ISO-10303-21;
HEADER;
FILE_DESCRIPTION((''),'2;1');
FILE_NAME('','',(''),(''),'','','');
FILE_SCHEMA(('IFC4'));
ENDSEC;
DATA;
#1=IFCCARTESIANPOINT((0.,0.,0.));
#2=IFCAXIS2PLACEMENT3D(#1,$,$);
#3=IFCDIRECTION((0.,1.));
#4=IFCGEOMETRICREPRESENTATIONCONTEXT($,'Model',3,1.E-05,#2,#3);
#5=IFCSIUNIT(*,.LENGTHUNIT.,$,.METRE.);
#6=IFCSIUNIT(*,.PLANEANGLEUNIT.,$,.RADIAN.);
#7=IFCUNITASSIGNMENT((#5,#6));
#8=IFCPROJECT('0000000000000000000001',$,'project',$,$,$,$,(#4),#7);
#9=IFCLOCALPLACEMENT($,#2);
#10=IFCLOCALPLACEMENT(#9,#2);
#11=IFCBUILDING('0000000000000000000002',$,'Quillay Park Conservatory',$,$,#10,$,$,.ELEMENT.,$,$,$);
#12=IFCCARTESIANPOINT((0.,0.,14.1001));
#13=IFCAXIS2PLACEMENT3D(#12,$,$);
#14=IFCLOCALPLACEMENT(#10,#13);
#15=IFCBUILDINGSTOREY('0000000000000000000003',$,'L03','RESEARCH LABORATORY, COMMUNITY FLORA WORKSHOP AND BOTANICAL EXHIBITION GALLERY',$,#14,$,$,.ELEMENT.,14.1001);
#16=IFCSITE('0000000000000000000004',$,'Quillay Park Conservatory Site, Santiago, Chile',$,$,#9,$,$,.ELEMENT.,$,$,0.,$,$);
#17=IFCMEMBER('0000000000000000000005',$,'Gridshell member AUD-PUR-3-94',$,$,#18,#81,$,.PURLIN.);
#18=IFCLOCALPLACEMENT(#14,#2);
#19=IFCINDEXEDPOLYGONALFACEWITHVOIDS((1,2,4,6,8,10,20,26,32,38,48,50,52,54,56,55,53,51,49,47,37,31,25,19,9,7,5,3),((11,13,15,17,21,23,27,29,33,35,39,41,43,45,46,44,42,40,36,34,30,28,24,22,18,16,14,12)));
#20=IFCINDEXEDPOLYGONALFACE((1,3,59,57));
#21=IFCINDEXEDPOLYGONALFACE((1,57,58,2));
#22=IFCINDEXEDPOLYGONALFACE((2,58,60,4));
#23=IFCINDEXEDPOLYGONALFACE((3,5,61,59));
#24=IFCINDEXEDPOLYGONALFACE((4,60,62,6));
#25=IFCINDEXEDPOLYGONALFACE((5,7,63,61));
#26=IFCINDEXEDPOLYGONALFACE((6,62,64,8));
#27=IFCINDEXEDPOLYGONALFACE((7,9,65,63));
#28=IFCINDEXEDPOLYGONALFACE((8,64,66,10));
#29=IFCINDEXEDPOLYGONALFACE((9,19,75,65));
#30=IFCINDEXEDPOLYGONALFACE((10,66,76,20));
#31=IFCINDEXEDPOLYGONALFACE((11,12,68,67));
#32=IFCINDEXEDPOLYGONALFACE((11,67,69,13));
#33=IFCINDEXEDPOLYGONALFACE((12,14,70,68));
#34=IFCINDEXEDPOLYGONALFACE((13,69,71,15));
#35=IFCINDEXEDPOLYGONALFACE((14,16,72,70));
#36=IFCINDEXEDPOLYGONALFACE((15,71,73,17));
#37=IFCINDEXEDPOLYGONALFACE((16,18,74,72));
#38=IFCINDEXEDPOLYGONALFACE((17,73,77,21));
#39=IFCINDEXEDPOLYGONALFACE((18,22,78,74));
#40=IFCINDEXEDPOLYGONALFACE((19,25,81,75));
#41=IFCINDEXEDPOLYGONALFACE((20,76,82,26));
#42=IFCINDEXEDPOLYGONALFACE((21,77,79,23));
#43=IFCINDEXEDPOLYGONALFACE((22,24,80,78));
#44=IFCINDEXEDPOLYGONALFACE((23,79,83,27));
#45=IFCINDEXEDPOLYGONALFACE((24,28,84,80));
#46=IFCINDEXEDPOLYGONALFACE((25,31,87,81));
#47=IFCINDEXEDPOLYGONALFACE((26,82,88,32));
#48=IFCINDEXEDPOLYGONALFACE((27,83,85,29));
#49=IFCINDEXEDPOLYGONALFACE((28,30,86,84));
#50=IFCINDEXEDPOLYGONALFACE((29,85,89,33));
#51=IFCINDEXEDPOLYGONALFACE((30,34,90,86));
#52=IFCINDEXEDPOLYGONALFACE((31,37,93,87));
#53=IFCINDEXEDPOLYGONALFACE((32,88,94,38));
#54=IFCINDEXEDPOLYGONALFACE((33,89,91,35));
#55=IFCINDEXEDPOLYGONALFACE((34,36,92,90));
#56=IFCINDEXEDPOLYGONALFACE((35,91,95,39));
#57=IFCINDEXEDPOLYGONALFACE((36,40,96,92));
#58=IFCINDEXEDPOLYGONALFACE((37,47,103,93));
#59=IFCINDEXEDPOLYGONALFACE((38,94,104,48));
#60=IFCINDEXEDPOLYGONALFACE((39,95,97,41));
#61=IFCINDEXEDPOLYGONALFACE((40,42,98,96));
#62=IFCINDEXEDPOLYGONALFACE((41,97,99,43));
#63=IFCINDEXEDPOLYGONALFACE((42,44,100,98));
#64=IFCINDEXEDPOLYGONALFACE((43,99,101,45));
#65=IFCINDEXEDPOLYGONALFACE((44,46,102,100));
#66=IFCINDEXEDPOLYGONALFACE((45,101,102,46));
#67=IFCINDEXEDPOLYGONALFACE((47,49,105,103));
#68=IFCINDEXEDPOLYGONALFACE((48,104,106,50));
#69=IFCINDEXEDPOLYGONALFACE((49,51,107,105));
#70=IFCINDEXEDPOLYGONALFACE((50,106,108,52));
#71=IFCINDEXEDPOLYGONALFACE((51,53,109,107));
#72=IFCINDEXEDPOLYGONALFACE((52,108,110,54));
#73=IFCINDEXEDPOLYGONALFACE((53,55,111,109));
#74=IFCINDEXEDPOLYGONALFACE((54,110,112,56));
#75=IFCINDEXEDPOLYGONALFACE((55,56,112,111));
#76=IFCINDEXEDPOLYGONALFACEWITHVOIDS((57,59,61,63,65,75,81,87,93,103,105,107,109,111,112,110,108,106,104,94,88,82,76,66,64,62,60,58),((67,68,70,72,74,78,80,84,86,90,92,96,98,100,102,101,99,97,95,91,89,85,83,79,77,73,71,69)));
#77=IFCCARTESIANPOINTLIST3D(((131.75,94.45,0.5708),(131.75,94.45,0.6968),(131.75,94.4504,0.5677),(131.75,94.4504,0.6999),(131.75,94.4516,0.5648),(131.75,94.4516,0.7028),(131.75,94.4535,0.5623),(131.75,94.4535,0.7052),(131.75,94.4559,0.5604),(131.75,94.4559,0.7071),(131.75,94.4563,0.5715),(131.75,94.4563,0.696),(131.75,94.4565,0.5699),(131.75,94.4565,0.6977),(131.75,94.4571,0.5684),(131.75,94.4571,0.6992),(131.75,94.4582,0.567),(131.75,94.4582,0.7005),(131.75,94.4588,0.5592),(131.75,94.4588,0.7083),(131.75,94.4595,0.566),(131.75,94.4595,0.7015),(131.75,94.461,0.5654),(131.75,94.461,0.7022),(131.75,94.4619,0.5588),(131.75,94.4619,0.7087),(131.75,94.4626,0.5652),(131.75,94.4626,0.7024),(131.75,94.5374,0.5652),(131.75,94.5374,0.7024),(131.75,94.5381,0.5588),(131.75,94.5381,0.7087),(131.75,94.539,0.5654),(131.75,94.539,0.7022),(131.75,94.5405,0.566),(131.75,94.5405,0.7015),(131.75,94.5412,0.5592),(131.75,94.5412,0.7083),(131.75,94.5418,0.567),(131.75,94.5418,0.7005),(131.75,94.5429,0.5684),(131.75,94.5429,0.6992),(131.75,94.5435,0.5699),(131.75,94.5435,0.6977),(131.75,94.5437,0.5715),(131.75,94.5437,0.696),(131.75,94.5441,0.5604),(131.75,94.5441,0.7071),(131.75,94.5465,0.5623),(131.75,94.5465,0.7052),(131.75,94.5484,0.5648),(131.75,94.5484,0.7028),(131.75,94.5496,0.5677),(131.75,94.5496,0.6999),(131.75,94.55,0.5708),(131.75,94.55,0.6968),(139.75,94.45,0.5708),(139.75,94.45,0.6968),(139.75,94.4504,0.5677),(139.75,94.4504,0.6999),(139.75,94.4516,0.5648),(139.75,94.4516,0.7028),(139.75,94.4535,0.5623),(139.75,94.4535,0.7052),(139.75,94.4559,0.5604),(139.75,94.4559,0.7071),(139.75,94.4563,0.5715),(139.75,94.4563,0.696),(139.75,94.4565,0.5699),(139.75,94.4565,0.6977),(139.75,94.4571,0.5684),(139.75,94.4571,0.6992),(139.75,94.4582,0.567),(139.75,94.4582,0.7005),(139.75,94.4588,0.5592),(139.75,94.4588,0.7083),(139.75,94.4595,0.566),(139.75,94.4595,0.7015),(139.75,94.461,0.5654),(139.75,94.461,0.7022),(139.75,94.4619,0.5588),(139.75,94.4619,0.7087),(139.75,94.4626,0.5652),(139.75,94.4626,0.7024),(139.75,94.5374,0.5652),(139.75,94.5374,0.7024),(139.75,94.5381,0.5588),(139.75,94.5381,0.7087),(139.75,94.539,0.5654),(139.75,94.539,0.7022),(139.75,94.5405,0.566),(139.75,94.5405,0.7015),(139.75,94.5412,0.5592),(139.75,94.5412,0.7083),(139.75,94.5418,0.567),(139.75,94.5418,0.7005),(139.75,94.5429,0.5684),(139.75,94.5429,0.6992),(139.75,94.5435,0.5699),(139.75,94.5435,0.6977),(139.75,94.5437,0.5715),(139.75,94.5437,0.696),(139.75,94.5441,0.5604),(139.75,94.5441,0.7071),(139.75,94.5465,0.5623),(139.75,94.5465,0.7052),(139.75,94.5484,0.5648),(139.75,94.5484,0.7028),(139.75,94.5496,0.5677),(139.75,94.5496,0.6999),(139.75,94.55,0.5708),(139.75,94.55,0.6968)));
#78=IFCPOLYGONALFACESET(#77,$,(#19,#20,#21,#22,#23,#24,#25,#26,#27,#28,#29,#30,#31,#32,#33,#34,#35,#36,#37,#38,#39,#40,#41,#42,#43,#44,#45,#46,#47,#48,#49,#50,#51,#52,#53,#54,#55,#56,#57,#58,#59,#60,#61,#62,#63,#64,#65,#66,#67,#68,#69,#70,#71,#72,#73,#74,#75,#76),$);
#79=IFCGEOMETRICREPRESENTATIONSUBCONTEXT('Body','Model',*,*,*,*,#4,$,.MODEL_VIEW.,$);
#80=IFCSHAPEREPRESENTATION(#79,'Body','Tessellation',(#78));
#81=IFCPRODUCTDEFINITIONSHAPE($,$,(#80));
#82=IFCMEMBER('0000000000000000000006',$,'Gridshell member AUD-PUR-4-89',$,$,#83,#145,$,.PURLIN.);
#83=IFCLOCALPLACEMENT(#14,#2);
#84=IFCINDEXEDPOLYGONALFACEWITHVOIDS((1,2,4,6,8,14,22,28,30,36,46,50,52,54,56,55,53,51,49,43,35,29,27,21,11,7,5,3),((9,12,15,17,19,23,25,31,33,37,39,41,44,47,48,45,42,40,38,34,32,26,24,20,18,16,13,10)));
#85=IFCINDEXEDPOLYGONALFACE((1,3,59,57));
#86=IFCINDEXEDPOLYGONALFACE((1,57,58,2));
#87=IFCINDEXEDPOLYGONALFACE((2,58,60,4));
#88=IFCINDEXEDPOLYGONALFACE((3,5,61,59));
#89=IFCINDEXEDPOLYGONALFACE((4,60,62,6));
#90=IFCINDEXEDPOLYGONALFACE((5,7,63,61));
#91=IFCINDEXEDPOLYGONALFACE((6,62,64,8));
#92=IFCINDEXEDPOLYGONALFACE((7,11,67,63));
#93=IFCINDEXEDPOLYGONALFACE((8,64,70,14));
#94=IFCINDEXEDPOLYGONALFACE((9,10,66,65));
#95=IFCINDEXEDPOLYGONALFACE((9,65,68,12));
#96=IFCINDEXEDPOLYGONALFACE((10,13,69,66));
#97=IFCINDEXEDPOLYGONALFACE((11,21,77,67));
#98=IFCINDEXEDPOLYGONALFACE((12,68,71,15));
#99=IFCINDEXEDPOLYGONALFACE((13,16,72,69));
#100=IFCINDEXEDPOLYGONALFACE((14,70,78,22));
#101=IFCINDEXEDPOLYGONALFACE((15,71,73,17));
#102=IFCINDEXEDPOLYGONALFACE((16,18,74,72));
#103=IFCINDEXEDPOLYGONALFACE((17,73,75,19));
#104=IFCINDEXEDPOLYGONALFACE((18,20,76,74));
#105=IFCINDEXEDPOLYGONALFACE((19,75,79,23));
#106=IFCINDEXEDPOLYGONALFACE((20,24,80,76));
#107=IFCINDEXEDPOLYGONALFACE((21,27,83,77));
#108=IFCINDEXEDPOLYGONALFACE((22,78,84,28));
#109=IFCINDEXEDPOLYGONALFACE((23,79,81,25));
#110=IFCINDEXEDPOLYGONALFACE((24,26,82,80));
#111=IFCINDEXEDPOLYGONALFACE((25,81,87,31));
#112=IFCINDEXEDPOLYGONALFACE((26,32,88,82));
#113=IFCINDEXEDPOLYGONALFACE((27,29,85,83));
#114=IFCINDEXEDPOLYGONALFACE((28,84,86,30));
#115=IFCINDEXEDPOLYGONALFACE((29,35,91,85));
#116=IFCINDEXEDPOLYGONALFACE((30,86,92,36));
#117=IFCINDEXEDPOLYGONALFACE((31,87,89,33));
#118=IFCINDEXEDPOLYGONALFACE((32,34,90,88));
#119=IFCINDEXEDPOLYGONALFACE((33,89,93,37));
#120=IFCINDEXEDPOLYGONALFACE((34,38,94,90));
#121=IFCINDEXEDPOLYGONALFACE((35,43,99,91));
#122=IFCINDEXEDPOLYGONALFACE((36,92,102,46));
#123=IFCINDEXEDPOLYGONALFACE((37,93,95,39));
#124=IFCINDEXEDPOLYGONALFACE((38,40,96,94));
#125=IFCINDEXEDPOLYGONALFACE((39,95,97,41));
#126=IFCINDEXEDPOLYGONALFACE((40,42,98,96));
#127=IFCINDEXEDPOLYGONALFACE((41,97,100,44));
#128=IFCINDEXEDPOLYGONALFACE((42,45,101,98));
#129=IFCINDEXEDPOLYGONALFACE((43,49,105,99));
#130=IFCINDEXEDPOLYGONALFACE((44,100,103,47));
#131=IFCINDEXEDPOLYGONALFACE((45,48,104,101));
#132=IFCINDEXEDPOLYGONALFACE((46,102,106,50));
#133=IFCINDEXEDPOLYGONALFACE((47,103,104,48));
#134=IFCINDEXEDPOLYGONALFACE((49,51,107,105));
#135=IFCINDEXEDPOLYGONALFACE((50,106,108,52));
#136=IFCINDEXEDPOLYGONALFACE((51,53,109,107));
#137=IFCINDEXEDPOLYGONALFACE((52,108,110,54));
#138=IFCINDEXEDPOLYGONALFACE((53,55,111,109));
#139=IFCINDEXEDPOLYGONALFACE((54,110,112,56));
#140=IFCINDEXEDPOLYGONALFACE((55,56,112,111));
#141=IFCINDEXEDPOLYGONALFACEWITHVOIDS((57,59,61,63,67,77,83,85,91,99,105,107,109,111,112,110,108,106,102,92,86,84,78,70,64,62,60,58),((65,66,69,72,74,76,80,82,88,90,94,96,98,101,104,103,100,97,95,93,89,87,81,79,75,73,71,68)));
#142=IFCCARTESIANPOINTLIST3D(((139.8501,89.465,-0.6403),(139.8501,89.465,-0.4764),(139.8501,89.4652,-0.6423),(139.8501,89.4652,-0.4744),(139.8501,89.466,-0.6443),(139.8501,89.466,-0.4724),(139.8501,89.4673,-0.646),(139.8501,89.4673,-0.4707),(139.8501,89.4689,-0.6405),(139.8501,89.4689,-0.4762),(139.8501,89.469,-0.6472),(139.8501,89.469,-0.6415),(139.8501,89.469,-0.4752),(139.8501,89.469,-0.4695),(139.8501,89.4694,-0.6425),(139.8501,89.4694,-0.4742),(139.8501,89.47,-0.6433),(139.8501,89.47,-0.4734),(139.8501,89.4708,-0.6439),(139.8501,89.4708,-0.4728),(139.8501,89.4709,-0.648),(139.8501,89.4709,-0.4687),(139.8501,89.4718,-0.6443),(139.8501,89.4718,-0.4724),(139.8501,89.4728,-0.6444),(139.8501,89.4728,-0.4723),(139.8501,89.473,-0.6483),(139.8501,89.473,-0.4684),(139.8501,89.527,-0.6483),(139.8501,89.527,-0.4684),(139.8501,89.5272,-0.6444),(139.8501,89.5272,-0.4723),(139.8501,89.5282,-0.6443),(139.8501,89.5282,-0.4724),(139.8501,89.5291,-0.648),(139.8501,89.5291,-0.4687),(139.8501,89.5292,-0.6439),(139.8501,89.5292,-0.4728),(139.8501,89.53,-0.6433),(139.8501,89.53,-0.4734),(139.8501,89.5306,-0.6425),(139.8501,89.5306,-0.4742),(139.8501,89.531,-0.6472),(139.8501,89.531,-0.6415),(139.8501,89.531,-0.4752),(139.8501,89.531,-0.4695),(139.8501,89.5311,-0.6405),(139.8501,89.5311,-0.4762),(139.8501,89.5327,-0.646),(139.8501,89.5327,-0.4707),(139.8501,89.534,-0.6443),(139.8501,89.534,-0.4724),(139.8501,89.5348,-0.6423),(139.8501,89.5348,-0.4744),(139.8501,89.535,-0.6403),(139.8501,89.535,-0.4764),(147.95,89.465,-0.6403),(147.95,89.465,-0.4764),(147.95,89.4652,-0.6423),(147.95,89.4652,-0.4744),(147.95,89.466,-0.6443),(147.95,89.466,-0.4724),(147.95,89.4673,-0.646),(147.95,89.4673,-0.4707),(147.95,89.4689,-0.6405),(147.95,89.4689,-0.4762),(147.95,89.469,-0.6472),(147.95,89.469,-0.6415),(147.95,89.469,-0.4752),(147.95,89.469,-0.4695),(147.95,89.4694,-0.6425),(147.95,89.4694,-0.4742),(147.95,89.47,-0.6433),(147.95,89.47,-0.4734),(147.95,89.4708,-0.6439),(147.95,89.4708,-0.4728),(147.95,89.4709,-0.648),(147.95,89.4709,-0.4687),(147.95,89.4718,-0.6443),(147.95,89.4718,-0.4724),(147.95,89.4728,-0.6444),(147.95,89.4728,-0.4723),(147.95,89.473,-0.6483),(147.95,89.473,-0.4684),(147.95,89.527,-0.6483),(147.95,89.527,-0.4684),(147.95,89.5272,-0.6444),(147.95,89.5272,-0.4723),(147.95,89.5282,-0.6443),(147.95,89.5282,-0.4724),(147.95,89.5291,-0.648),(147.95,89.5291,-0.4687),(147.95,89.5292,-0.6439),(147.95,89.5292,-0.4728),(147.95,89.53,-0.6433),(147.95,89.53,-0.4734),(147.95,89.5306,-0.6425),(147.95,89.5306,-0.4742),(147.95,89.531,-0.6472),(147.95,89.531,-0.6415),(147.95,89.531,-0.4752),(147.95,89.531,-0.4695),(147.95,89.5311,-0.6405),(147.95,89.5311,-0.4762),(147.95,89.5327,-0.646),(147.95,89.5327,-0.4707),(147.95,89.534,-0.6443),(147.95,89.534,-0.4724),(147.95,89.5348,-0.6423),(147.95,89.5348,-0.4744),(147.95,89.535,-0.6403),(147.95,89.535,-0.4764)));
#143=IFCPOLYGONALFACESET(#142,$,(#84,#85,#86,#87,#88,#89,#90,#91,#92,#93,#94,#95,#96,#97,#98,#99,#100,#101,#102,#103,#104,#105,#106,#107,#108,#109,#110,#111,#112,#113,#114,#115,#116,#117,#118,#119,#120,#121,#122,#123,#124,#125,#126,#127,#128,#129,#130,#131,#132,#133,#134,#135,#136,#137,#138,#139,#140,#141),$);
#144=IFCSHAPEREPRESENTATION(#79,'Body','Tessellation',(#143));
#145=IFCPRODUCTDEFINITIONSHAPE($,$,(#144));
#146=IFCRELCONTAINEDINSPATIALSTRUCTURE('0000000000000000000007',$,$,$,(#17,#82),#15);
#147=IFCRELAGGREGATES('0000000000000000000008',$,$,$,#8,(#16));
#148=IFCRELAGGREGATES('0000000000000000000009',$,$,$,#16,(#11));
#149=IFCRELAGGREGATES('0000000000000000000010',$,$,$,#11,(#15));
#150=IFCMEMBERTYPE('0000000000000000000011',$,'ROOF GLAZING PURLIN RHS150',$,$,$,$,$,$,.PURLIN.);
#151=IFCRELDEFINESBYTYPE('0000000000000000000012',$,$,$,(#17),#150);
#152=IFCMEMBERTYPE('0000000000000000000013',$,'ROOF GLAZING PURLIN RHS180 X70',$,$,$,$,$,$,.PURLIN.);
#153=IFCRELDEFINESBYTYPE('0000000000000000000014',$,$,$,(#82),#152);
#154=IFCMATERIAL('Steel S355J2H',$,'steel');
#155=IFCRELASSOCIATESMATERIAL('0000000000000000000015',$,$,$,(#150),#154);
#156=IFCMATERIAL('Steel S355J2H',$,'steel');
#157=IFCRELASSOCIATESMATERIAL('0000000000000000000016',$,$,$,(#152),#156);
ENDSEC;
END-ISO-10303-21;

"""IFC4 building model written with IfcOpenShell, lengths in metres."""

from ifc_helpers import new_model, si_unit, direction, frame, origin, origin_2d, place, context, subcontext, project, spatial, hollow_rectangle, extrude, material, material_profile, profile_set, type_object, element, save


model = new_model("IFC4")

# Units and contexts
model_context = context("Model", 3, precision=1e-05, world=origin(), true_north=direction((0.0, 1.0)))
body_context = subcontext(model_context, "Body", "Model", "MODEL_VIEW")
ifc_project = project(units=[si_unit("LENGTHUNIT", "METRE"), si_unit("PLANEANGLEUNIT", "RADIAN")], contexts=[model_context])

# Site, building, storey
site_placement = place(None, origin())
site = spatial("IfcSite", under=ifc_project, at=site_placement, Name="Quillay Park Conservatory Site, Santiago, Chile", CompositionType="ELEMENT", RefElevation=0.0)
building_placement = place(site_placement, origin())
building = spatial("IfcBuilding", under=site, at=building_placement, Name="Quillay Park Conservatory", CompositionType="ELEMENT")
storey_placement = place(building_placement, frame((0.0, 0.0, 14.1001)))
storey = spatial("IfcBuildingStorey", under=building, at=storey_placement, Name="L03", Description="RESEARCH LABORATORY, COMMUNITY FLORA WORKSHOP AND BOTANICAL EXHIBITION GALLERY", CompositionType="ELEMENT", Elevation=14.1001)

# Members
ifc_material_1 = material(Name="Steel S355J2H", Category="steel")
ifc_material_profile_1 = material_profile(ifc_material_1, hollow_rectangle(XDim=0.1001, YDim=0.1499, WallThickness=0.0063, InnerFilletRadius=0.0063, OuterFilletRadius=0.012, at=origin_2d()), Name="RHS150x100x6.3")
ifc_profile_set_1 = profile_set([ifc_material_profile_1], Name="Steel S355J2H")
member_type_1 = type_object("IfcMemberType", Name="ROOF GLAZING PURLIN RHS150", PredefinedType="PURLIN", material=ifc_profile_set_1)
for number, where, z_axis, x_axis, name in (
    (1, (131.75, 94.5, 0.6338), (1.0, 0.0, 0.0), (0.0, 1.0, 0.0), "Gridshell member AUD-PUR-3-94"),
):
    element("IfcMember", number, at=place(storey_placement, frame(where, z_axis=z_axis, x_axis=x_axis)), inside=storey, type_object=member_type_1, Name=name, PredefinedType="PURLIN", context=body_context, shape_type="SweptSolid", body=[
        extrude(hollow_rectangle(XDim=0.1001, YDim=0.1499, WallThickness=0.0063, InnerFilletRadius=0.0063, OuterFilletRadius=0.012, at=origin_2d()), origin(), (0.0, 0.0, 1.0), 8.0),
    ])
ifc_material_2 = material(Name="Steel S355J2H", Category="steel")
ifc_material_profile_2 = material_profile(ifc_material_2, hollow_rectangle(XDim=0.0701, YDim=0.1799, WallThickness=0.0039, InnerFilletRadius=0.0039, OuterFilletRadius=0.0081, at=origin_2d()), Name="RHS180x70x4")
ifc_profile_set_2 = profile_set([ifc_material_profile_2], Name="Steel S355J2H")
member_type_2 = type_object("IfcMemberType", Name="ROOF GLAZING PURLIN RHS180 X70", PredefinedType="PURLIN", material=ifc_profile_set_2)
for number, where, z_axis, x_axis, name in (
    (2, (139.8501, 89.5, -0.5583), (1.0, 0.0, 0.0), (0.0, 1.0, 0.0), "Gridshell member AUD-PUR-4-89"),
):
    element("IfcMember", number, at=place(storey_placement, frame(where, z_axis=z_axis, x_axis=x_axis)), inside=storey, type_object=member_type_2, Name=name, PredefinedType="PURLIN", context=body_context, shape_type="SweptSolid", body=[
        extrude(hollow_rectangle(XDim=0.0701, YDim=0.1799, WallThickness=0.0039, InnerFilletRadius=0.0039, OuterFilletRadius=0.0081, at=origin_2d()), origin(), (0.0, 0.0, 1.0), 8.0999),
    ])

save(model, "model.ifc")
